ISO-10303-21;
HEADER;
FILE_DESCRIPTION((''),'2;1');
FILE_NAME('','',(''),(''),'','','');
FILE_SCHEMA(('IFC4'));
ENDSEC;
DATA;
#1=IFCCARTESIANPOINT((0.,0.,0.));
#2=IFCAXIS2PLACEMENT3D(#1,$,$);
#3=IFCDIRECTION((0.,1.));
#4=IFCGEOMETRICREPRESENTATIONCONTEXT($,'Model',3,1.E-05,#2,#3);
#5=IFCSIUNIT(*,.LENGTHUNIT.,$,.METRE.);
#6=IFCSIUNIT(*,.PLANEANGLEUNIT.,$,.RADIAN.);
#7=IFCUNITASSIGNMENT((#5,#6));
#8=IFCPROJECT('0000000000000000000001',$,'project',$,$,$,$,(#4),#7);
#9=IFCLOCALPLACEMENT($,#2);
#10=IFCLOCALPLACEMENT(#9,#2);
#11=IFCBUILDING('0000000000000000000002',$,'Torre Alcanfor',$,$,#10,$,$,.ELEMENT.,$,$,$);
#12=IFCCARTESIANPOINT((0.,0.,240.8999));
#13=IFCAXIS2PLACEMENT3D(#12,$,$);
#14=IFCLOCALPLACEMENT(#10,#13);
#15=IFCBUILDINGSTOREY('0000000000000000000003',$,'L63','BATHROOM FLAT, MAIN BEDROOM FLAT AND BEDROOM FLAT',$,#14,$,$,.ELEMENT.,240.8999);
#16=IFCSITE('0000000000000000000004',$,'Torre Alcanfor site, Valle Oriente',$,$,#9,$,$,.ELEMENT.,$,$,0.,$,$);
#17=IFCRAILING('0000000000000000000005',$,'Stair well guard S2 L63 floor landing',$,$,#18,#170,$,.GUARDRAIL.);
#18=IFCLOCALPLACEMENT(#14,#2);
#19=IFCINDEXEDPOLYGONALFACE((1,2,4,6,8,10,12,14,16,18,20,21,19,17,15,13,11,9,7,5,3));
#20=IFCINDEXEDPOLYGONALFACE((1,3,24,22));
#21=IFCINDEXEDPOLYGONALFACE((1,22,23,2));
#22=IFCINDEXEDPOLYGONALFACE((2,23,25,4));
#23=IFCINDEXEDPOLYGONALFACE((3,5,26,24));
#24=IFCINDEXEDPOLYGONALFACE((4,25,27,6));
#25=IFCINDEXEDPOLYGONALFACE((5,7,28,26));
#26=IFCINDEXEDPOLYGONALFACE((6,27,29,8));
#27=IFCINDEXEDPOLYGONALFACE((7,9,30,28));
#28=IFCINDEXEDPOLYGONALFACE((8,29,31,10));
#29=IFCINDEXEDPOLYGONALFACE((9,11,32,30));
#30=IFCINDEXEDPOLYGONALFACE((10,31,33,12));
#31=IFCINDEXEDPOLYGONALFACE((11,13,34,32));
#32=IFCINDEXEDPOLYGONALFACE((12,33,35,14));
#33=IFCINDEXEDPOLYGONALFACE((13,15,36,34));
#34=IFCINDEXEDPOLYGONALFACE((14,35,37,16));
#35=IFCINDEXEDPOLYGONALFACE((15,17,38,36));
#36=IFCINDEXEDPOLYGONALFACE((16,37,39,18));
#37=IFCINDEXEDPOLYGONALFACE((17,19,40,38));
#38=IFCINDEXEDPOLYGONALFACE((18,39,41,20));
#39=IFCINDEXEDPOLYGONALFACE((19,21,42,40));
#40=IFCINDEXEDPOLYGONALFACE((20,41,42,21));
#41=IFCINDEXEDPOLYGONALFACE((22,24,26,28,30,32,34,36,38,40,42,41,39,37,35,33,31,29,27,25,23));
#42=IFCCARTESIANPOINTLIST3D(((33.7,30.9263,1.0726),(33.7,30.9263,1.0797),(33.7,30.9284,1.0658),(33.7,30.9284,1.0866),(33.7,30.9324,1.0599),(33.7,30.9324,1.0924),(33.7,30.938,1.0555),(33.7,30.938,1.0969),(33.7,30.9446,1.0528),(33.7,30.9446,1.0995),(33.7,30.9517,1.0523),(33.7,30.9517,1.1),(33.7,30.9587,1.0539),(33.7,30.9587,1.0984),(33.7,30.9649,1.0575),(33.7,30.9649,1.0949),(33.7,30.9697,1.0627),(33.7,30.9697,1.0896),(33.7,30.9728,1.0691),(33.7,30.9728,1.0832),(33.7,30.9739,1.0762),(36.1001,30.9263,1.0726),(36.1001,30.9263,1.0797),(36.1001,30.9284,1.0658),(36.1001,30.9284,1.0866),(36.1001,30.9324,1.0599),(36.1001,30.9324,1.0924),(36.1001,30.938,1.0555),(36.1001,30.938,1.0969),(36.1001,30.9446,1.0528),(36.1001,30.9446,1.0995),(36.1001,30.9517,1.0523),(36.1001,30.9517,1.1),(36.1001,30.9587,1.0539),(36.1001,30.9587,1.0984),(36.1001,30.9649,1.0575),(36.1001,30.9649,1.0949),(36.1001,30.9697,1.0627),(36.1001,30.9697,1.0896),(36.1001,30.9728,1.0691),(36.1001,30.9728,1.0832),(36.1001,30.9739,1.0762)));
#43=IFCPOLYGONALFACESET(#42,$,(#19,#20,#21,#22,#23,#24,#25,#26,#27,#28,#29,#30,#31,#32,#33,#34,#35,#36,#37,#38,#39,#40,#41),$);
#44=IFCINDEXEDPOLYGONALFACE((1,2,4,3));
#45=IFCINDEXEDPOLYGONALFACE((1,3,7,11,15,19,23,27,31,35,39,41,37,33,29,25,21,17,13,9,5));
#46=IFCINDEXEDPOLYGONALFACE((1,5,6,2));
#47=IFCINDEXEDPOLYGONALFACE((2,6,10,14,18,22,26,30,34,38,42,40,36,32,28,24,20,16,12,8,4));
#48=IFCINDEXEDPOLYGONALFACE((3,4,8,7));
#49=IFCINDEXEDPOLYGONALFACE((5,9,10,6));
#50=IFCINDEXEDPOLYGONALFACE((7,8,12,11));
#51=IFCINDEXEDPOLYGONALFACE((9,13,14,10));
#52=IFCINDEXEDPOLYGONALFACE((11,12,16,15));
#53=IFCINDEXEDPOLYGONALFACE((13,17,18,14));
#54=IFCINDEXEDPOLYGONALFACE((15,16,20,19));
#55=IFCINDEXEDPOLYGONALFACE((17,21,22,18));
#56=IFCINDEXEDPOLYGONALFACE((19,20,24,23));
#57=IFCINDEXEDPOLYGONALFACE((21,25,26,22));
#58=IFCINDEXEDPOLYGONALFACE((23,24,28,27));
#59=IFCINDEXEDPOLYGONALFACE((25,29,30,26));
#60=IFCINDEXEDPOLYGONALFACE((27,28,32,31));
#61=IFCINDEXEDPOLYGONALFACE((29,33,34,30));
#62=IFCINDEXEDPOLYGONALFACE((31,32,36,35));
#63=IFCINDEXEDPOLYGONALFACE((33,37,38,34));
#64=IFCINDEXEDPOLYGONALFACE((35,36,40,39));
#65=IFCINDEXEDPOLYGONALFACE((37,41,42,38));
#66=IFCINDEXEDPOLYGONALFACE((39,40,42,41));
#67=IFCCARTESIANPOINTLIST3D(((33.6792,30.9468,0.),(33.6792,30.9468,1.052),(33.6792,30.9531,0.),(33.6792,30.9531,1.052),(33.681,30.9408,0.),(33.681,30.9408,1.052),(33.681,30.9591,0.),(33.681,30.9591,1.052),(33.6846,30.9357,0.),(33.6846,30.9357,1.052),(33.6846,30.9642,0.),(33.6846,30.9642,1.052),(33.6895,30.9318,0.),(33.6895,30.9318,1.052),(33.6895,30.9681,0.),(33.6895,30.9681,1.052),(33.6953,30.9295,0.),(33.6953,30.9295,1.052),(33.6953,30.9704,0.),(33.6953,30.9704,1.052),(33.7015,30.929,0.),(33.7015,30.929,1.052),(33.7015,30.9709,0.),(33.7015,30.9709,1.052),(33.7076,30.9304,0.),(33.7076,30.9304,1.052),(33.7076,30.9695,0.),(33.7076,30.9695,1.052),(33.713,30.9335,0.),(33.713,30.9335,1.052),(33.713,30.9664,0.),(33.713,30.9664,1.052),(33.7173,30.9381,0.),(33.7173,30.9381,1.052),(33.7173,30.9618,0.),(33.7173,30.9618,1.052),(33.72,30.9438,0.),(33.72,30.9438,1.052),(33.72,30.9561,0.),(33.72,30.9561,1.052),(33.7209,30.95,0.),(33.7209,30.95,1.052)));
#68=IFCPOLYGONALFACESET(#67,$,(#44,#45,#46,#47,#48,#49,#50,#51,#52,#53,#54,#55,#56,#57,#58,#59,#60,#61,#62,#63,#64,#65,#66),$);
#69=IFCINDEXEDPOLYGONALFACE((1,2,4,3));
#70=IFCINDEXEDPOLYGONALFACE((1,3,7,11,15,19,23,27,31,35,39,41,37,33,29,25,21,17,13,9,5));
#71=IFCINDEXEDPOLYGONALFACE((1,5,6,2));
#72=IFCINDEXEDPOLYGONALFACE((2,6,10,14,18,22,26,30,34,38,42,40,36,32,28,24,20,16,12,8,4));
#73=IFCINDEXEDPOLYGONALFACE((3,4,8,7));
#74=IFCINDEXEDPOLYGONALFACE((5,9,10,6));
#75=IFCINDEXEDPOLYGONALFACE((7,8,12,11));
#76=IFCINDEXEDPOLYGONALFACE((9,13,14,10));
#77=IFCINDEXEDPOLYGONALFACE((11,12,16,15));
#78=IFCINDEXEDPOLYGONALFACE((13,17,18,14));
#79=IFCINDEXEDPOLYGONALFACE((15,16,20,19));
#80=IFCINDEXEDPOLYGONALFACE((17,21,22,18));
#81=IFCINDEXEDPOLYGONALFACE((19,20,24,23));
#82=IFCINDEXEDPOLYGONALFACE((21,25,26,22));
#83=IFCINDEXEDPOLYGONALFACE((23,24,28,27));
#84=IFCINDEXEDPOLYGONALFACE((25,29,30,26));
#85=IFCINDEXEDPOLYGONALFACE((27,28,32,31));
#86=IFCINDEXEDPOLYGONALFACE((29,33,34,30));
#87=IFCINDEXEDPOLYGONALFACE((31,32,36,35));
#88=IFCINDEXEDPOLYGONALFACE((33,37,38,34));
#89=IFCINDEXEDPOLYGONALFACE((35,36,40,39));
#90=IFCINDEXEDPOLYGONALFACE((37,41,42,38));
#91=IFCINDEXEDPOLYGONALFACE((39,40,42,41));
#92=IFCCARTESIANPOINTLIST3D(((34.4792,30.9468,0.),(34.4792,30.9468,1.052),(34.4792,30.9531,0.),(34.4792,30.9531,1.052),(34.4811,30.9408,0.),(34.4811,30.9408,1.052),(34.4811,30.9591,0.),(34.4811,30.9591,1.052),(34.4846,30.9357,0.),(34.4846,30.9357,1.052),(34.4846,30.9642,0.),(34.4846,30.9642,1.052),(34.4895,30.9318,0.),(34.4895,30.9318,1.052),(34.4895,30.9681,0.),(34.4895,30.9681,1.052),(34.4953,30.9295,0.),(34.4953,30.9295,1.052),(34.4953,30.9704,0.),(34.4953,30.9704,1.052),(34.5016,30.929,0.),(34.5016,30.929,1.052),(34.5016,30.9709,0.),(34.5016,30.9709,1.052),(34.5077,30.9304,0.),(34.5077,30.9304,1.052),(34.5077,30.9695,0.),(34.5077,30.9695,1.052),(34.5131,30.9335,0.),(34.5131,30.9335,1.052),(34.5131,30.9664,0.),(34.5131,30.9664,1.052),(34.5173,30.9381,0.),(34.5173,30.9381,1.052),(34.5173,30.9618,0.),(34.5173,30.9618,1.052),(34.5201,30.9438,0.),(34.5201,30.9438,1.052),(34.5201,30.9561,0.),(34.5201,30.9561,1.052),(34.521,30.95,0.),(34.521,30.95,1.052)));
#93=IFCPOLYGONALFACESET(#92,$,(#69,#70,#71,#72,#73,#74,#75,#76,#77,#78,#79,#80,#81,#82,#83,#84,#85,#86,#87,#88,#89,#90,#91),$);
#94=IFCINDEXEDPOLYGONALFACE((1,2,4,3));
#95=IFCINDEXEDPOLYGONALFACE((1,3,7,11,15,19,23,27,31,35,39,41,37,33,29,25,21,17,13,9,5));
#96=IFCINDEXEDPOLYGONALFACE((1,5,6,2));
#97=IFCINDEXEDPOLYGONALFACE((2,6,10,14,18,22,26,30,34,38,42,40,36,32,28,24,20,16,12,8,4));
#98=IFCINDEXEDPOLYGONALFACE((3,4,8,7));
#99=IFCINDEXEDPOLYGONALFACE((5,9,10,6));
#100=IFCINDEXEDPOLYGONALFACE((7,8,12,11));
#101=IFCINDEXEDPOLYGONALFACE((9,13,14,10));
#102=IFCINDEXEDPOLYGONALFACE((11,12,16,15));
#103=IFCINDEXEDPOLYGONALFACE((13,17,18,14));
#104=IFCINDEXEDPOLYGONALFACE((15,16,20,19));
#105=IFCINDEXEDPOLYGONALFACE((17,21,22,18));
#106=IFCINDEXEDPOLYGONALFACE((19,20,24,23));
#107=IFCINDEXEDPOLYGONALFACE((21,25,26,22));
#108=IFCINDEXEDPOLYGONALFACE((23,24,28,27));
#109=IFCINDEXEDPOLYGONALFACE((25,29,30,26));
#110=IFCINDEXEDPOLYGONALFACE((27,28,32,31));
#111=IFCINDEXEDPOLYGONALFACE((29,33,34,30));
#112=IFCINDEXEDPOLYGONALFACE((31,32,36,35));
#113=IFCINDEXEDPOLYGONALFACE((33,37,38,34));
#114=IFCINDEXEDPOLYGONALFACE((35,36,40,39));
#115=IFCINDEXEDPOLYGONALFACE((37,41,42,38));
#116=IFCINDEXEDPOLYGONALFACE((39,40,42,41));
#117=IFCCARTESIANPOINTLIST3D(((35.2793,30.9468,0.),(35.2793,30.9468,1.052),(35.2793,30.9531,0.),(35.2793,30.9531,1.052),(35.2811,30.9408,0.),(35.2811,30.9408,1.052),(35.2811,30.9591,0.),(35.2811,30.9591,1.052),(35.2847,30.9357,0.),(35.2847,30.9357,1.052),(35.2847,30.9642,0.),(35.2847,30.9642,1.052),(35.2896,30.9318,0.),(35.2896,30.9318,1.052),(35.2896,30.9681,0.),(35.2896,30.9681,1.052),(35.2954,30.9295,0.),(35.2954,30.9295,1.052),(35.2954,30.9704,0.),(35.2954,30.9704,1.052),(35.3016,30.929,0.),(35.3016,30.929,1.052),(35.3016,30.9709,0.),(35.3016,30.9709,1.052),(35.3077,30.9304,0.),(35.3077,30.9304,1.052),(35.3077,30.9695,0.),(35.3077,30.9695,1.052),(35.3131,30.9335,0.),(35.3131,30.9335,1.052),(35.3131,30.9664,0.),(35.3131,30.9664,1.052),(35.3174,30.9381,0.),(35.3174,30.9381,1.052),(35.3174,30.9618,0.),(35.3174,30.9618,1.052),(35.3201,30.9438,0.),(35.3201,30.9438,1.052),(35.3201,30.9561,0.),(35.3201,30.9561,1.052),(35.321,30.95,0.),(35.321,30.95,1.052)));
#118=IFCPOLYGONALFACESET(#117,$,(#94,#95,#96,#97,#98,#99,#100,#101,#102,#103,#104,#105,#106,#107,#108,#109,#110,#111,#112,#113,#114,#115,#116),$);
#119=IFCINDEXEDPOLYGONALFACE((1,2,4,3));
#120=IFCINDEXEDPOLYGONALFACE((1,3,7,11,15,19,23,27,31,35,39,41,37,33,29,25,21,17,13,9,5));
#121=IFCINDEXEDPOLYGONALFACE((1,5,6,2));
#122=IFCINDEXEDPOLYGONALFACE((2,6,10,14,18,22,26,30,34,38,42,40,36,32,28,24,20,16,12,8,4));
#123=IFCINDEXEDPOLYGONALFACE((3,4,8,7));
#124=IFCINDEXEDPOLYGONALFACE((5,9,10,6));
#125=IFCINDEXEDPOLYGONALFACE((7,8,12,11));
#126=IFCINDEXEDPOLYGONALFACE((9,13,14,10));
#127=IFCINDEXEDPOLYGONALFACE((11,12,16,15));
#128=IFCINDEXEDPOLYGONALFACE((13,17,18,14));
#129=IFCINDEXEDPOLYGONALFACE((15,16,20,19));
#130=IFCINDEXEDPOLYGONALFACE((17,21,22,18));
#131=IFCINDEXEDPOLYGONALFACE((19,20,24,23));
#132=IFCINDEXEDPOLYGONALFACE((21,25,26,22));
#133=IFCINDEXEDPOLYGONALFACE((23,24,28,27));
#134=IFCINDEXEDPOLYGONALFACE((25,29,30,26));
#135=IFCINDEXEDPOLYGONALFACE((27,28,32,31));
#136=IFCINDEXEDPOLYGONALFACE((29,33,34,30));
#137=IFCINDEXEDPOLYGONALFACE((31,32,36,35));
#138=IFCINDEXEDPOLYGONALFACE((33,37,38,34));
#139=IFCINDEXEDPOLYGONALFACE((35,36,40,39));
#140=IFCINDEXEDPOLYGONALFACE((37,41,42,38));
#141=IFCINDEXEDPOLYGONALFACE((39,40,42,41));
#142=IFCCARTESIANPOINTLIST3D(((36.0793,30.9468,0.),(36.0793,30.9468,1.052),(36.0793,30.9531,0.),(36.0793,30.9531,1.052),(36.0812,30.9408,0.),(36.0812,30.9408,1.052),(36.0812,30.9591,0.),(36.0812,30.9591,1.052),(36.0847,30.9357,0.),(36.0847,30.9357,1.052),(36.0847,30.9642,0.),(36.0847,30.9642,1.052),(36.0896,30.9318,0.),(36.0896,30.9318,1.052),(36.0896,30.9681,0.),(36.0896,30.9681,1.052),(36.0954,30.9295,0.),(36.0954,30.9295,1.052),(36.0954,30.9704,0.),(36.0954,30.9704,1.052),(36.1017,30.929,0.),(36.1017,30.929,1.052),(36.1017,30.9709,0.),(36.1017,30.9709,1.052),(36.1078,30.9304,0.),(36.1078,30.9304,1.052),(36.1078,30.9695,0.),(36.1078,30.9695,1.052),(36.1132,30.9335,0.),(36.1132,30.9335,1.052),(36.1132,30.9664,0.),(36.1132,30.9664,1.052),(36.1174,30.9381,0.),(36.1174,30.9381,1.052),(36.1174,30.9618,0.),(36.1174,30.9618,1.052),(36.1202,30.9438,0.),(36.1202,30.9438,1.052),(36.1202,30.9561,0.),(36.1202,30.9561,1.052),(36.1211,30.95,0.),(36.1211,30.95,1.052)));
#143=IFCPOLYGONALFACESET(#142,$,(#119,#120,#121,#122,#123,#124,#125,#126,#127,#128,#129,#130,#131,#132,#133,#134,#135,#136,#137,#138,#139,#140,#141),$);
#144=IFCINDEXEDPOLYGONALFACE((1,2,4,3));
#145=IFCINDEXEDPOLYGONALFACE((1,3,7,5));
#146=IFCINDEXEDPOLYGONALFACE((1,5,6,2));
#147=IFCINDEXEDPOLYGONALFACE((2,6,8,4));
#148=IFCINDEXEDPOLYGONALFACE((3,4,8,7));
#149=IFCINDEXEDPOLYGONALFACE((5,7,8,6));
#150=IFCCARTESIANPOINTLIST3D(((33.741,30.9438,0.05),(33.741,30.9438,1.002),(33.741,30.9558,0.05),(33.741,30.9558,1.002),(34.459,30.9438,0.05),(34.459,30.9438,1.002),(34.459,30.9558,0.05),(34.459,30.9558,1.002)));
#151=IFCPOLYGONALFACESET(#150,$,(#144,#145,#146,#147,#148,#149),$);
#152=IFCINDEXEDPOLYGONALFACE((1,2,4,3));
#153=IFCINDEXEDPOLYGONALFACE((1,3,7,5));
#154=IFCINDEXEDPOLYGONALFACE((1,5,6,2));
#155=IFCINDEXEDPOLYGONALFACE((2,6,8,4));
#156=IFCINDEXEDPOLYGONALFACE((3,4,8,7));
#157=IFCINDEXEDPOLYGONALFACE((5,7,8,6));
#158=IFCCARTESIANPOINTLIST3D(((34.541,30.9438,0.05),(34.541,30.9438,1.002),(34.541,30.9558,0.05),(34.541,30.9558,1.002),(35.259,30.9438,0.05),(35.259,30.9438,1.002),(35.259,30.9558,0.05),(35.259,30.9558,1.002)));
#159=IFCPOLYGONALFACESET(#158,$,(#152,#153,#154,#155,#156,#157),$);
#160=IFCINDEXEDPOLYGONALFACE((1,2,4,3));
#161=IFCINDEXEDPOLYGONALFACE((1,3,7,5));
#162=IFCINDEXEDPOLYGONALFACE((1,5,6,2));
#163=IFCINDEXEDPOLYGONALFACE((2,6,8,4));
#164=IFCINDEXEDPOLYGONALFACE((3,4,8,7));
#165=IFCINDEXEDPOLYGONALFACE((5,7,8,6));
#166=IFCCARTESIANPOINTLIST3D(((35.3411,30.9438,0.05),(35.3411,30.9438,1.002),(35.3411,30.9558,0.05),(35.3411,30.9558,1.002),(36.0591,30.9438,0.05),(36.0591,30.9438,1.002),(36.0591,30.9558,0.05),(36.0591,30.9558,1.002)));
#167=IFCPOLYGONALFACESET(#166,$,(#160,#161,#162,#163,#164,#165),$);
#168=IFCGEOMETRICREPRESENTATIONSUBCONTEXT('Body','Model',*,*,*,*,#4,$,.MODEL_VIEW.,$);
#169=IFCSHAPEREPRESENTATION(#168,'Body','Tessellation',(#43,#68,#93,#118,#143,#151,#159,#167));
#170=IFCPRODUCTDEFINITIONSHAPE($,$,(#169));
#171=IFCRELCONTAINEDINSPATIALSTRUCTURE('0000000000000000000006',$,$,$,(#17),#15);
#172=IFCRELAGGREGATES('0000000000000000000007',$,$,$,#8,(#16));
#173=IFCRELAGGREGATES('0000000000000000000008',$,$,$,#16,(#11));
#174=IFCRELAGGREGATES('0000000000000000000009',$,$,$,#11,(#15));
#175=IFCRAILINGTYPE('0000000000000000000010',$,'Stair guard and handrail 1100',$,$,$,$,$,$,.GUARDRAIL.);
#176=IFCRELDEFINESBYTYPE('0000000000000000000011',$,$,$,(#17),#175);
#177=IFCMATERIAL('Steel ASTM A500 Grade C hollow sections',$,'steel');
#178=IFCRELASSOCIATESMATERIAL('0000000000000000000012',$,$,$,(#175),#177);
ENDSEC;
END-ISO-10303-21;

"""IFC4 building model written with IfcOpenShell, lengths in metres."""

from ifc_helpers import new_model, si_unit, direction, frame, origin, origin_2d, place, context, subcontext, project, spatial, polyline, circle, outline, extrude, material, type_object, element, save


model = new_model("IFC4")

# Units and contexts
model_context = context("Model", 3, precision=1e-05, world=origin(), true_north=direction((0.0, 1.0)))
body_context = subcontext(model_context, "Body", "Model", "MODEL_VIEW")
ifc_project = project(units=[si_unit("LENGTHUNIT", "METRE"), si_unit("PLANEANGLEUNIT", "RADIAN")], contexts=[model_context])

# Site, building, storey
site_placement = place(None, origin())
site = spatial("IfcSite", under=ifc_project, at=site_placement, Name="Torre Alcanfor site, Valle Oriente", CompositionType="ELEMENT", RefElevation=0.0)
building_placement = place(site_placement, origin())
building = spatial("IfcBuilding", under=site, at=building_placement, Name="Torre Alcanfor", CompositionType="ELEMENT")
storey_placement = place(building_placement, frame((0.0, 0.0, 240.8999)))
storey = spatial("IfcBuildingStorey", under=building, at=storey_placement, Name="L63", Description="BATHROOM FLAT, MAIN BEDROOM FLAT AND BEDROOM FLAT", CompositionType="ELEMENT", Elevation=240.8999)

# Railing
ifc_material_1 = material(Name="Steel ASTM A500 Grade C hollow sections", Category="steel")
railing_type_1 = type_object("IfcRailingType", Name="Stair guard and handrail 1100", PredefinedType="GUARDRAIL", material=ifc_material_1)
for number, where, name in (
    (1, (33.7, 30.95, 0.0), "Stair well guard S2 L63 floor landing"),
):
    element("IfcRailing", number, at=place(storey_placement, frame(where)), inside=storey, type_object=railing_type_1, Name=name, PredefinedType="GUARDRAIL", context=body_context, shape_type="SweptSolid", body=[
        extrude(circle(Radius=0.0239, at=origin_2d()), frame((0.0, 0.0, 1.0762), z_axis=(1.0, 0.0, 0.0), x_axis=(0.0, 1.0, 0.0)), (0.0, 0.0, 1.0), 2.4001),
        extrude(circle(Radius=0.021, at=origin_2d()), origin(), (0.0, 0.0, 1.0), 1.052),
        extrude(circle(Radius=0.021, at=origin_2d()), frame((0.8, 0.0, 0.0)), (0.0, 0.0, 1.0), 1.052),
        extrude(circle(Radius=0.021, at=origin_2d()), frame((1.6001, 0.0, 0.0)), (0.0, 0.0, 1.0), 1.052),
        extrude(circle(Radius=0.021, at=origin_2d()), frame((2.4001, 0.0, 0.0)), (0.0, 0.0, 1.0), 1.052),
        extrude(outline(polyline([(0.041, 0.05), (0.759, 0.05), (0.759, 1.002), (0.041, 1.002), (0.041, 0.05)])), frame((0.0, 0.0059, 0.0), z_axis=(0.0, -1.0, 0.0), x_axis=(1.0, 0.0, 0.0)), (0.0, 0.0, 1.0), 0.012),
        extrude(outline(polyline([(0.8411, 0.05), (1.5591, 0.05), (1.5591, 1.002), (0.8411, 1.002), (0.8411, 0.05)])), frame((0.0, 0.0059, 0.0), z_axis=(0.0, -1.0, 0.0), x_axis=(1.0, 0.0, 0.0)), (0.0, 0.0, 1.0), 0.012),
        extrude(outline(polyline([(1.6411, 0.05), (2.3591, 0.05), (2.3591, 1.002), (1.6411, 1.002), (1.6411, 0.05)])), frame((0.0, 0.0059, 0.0), z_axis=(0.0, -1.0, 0.0), x_axis=(1.0, 0.0, 0.0)), (0.0, 0.0, 1.0), 0.012),
    ])

save(model, "model.ifc")
